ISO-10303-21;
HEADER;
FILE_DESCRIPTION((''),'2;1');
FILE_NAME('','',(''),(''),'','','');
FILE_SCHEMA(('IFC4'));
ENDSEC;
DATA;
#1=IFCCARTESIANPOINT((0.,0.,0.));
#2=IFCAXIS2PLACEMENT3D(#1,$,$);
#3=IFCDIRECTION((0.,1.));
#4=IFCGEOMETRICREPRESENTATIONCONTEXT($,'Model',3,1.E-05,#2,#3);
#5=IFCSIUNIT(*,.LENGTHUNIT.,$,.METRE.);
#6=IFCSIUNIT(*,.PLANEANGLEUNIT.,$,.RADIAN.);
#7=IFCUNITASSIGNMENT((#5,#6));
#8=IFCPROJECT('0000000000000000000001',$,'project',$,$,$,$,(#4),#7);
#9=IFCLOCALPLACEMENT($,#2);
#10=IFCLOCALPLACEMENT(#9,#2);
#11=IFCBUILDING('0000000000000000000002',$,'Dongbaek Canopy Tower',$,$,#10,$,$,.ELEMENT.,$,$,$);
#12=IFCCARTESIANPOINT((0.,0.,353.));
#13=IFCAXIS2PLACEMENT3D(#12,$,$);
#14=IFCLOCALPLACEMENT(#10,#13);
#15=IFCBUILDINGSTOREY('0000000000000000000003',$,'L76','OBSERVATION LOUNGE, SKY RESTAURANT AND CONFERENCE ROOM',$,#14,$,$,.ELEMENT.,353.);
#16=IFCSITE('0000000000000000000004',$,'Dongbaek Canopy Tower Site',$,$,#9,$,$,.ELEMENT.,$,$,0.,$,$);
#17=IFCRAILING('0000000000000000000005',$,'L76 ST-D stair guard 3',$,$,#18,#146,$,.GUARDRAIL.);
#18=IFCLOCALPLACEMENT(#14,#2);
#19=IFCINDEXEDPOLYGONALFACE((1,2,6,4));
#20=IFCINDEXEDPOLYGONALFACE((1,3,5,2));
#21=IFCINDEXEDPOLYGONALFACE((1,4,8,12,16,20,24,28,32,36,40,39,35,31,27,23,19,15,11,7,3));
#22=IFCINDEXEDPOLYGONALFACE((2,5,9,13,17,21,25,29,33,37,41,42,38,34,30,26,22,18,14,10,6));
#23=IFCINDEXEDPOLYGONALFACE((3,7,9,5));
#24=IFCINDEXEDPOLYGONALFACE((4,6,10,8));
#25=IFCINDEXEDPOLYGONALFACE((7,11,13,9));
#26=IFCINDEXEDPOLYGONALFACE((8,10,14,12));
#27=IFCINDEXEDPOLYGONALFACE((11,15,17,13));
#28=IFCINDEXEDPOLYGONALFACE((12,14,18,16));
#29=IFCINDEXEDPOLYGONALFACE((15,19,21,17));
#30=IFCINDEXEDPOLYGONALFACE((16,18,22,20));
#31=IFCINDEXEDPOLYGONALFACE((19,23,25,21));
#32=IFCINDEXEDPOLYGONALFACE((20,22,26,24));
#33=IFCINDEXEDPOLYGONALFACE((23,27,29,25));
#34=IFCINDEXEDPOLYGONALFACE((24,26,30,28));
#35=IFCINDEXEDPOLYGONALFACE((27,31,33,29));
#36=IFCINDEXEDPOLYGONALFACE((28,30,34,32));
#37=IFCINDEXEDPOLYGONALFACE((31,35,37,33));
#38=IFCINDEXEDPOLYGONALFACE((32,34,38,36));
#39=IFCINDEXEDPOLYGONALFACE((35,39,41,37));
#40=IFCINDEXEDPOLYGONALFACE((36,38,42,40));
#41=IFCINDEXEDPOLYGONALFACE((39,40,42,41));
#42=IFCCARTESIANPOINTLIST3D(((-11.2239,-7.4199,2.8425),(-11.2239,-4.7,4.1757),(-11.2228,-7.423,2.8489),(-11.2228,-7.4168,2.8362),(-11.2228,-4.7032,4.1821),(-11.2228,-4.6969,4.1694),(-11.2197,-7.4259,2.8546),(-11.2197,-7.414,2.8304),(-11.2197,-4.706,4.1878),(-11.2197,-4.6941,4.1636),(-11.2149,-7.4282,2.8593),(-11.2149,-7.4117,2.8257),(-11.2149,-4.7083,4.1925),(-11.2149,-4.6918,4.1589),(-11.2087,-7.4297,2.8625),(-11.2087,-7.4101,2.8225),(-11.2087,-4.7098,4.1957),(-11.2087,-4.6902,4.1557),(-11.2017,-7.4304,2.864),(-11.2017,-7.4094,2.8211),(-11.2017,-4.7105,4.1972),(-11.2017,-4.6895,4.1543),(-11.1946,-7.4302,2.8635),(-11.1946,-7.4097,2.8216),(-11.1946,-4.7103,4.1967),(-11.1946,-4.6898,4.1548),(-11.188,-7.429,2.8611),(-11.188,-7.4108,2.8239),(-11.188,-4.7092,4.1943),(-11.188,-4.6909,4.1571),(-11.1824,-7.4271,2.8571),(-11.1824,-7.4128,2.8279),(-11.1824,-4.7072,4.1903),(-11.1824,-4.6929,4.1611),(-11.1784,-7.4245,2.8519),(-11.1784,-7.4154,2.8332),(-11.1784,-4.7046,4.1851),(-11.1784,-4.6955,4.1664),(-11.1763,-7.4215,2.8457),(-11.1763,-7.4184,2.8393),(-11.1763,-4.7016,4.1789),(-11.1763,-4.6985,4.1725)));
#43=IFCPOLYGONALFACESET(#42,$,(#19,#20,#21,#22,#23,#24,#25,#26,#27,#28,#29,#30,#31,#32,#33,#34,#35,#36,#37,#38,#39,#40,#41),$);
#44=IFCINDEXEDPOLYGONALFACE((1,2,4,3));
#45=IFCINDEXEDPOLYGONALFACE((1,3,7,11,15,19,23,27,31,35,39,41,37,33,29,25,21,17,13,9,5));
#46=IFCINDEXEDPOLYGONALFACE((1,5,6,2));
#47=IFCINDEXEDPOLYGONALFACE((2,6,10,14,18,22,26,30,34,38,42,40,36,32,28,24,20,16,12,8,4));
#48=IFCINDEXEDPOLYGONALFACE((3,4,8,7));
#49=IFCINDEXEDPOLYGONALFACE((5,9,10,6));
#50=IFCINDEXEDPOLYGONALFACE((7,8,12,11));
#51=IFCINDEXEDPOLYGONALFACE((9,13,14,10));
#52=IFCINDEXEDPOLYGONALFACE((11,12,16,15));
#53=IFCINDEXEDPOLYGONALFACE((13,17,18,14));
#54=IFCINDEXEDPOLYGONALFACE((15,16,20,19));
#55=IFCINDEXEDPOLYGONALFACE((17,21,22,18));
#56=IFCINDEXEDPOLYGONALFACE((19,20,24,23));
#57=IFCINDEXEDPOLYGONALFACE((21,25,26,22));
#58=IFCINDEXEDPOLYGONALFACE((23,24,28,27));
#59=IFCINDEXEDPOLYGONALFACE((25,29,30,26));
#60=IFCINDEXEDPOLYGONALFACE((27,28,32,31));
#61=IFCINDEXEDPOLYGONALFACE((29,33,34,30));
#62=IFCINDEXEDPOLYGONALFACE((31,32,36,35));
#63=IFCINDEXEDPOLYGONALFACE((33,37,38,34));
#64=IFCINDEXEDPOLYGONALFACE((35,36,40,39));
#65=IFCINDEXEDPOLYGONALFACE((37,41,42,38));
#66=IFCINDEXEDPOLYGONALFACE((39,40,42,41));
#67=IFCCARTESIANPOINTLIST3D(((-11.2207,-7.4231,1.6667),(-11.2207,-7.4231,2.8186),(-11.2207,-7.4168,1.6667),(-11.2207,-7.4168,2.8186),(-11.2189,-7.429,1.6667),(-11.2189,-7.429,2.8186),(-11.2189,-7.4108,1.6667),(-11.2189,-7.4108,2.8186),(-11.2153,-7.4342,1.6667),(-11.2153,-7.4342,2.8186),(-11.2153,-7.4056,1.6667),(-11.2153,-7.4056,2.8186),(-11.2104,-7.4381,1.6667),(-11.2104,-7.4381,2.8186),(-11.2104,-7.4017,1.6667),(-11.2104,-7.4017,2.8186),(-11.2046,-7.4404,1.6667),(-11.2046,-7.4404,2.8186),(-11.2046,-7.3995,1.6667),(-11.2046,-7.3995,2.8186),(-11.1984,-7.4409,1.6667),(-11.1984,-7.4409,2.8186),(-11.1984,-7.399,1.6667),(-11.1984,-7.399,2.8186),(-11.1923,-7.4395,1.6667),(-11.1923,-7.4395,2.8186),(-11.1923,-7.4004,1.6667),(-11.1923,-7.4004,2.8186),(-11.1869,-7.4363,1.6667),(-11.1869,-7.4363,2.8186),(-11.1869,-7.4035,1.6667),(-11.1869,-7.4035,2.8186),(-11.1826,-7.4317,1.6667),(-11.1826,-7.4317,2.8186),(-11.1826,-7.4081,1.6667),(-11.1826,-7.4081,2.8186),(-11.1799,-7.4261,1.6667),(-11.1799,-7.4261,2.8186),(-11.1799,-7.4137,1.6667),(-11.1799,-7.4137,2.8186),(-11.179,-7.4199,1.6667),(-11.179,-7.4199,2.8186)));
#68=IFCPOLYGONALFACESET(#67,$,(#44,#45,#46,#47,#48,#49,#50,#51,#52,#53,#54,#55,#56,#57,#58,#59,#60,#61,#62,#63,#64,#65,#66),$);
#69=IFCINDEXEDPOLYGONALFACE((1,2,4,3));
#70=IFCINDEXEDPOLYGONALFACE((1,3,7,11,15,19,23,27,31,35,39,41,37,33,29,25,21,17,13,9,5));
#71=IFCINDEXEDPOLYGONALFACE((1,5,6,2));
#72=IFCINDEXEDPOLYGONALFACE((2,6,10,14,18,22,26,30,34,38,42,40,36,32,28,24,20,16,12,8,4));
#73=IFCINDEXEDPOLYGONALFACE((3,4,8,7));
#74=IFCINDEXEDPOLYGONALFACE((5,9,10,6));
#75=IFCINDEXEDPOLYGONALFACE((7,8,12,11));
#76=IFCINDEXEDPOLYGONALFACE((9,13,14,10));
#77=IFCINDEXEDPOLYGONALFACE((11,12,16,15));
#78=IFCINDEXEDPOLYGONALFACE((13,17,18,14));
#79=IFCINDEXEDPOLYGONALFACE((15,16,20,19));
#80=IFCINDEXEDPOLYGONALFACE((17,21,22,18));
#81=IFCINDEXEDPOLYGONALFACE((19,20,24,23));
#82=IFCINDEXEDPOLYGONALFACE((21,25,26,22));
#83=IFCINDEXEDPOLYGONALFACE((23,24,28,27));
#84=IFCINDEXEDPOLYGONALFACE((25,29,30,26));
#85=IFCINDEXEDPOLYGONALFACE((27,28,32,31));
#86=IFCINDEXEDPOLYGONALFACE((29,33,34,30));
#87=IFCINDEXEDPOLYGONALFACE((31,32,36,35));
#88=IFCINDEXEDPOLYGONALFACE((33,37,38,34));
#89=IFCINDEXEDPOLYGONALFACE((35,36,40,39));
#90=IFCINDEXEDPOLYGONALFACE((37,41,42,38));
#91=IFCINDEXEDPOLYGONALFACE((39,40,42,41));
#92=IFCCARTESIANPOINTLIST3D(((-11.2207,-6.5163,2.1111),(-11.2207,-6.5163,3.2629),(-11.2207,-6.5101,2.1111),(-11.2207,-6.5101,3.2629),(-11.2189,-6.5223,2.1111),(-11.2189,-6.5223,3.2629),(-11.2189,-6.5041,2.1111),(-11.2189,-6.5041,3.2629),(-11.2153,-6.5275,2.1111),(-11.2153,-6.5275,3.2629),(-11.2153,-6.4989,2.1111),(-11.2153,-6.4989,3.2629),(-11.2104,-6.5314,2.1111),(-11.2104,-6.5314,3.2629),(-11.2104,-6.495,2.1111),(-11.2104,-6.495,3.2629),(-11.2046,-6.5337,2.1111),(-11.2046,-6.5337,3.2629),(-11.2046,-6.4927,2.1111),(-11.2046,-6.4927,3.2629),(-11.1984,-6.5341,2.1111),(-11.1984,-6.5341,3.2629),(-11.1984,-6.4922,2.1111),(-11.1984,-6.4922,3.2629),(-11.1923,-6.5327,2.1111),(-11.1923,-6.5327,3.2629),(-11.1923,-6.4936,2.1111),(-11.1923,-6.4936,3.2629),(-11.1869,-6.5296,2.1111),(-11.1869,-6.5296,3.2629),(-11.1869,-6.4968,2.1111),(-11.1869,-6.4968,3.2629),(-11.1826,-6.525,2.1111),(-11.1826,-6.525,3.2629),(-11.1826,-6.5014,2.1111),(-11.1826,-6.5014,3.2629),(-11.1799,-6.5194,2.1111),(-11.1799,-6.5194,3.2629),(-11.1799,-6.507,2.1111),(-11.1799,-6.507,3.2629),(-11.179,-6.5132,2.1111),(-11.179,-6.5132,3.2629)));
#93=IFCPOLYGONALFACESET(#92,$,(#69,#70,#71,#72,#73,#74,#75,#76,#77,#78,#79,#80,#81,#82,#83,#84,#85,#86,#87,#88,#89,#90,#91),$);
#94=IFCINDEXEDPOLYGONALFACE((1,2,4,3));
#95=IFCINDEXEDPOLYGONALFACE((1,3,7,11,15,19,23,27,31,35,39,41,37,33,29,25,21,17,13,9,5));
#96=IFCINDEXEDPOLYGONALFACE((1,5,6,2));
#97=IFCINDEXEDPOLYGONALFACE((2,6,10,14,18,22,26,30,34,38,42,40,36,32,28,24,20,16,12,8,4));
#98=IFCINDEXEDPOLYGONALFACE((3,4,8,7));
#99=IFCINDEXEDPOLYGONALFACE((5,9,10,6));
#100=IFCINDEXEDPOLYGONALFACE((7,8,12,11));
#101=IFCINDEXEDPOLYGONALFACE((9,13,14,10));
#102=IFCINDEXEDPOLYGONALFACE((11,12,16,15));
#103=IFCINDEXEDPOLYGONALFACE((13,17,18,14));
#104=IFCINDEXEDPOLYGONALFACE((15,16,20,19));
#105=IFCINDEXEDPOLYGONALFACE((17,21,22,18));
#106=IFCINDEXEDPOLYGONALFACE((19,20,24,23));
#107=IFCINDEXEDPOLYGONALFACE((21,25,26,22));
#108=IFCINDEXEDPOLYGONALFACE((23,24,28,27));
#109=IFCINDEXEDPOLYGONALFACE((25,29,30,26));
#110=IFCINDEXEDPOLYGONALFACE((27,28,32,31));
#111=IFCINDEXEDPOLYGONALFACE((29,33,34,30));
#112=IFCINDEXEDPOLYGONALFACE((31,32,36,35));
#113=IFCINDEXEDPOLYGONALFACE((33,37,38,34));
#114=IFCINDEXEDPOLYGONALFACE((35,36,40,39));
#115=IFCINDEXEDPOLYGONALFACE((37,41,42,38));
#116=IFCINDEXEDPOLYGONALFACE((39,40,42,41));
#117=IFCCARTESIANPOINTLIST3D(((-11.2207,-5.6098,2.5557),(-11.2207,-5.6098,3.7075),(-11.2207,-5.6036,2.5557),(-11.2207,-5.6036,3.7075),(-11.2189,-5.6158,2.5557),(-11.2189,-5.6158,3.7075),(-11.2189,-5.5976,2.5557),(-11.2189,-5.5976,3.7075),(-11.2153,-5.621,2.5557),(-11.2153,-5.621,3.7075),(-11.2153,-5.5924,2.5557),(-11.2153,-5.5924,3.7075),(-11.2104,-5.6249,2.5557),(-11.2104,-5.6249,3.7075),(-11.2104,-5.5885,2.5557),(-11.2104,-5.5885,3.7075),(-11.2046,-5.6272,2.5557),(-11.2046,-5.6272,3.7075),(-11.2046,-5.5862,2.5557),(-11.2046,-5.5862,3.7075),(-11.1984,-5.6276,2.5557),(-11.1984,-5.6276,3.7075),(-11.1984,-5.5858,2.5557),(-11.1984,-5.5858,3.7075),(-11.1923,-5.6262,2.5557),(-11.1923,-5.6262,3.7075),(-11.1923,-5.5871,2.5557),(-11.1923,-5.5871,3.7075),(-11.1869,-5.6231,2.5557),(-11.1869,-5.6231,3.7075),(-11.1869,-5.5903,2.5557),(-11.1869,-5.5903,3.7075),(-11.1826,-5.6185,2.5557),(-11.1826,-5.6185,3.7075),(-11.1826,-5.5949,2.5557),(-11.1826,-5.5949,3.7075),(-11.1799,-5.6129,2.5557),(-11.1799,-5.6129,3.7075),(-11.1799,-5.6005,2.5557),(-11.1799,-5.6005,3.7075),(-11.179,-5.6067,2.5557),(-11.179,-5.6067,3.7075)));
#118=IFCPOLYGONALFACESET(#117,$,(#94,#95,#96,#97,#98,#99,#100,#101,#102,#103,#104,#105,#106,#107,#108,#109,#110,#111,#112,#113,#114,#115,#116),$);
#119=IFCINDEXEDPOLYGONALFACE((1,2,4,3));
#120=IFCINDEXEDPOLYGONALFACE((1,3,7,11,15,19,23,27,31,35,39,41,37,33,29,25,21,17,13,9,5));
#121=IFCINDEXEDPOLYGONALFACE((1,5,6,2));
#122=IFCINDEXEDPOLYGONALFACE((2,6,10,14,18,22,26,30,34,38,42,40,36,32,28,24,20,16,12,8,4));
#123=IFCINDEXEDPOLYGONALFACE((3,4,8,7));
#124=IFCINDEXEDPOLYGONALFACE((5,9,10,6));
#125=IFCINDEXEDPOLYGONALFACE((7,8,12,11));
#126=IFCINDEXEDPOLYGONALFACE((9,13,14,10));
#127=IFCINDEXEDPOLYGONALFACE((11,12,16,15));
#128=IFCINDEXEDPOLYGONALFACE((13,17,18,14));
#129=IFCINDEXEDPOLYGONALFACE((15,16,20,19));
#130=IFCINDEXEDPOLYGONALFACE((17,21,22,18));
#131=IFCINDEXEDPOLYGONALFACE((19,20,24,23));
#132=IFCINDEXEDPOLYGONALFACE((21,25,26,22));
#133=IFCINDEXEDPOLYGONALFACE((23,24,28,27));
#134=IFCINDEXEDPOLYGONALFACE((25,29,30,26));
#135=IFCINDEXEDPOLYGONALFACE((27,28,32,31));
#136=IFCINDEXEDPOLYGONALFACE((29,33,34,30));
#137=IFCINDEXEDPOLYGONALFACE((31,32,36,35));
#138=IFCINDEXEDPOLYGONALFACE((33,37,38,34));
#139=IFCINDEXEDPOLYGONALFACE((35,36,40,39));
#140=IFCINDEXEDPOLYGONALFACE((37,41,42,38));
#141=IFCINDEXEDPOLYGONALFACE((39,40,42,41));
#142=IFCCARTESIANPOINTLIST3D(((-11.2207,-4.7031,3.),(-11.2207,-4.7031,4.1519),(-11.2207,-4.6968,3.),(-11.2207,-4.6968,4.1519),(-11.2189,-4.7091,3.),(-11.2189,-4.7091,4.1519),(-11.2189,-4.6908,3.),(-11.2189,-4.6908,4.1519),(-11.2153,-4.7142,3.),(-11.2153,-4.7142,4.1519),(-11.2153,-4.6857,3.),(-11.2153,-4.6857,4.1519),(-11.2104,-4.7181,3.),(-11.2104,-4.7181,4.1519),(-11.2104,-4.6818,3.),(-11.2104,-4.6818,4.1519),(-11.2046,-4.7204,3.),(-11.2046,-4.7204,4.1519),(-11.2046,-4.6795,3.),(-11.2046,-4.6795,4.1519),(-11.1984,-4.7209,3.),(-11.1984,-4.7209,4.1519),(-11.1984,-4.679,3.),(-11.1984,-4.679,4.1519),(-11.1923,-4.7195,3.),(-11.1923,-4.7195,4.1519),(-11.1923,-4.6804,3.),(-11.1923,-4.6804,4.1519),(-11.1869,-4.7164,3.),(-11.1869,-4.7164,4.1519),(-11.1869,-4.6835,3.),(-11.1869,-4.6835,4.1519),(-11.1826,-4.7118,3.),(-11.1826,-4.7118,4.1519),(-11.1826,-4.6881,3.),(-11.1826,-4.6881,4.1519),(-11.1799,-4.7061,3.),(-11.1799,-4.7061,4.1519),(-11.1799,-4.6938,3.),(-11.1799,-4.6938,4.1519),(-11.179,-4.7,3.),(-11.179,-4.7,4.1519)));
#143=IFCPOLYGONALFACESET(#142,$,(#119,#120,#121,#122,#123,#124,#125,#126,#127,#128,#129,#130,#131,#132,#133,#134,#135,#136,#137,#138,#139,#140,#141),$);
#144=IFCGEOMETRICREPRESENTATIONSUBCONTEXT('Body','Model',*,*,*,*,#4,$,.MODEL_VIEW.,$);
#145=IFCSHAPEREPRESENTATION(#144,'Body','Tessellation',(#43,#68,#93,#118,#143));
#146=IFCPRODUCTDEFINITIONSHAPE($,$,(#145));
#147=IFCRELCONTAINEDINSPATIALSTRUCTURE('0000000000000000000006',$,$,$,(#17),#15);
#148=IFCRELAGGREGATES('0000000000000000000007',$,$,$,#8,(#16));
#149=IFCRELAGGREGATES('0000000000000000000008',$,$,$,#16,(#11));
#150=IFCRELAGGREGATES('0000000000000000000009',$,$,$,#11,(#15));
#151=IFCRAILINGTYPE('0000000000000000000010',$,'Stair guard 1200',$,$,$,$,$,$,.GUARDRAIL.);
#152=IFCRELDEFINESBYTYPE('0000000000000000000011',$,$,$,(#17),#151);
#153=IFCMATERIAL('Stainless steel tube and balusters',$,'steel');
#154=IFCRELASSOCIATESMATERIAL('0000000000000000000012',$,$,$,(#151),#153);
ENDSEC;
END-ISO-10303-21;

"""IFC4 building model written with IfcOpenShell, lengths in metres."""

from ifc_helpers import new_model, si_unit, direction, frame, origin, origin_2d, place, context, subcontext, project, spatial, circle, extrude, material, type_object, element, save


model = new_model("IFC4")

# Units and contexts
model_context = context("Model", 3, precision=1e-05, world=origin(), true_north=direction((0.0, 1.0)))
body_context = subcontext(model_context, "Body", "Model", "MODEL_VIEW")
ifc_project = project(units=[si_unit("LENGTHUNIT", "METRE"), si_unit("PLANEANGLEUNIT", "RADIAN")], contexts=[model_context])

# Site, building, storey
site_placement = place(None, origin())
site = spatial("IfcSite", under=ifc_project, at=site_placement, Name="Dongbaek Canopy Tower Site", CompositionType="ELEMENT", RefElevation=0.0)
building_placement = place(site_placement, origin())
building = spatial("IfcBuilding", under=site, at=building_placement, Name="Dongbaek Canopy Tower", CompositionType="ELEMENT")
storey_placement = place(building_placement, frame((0.0, 0.0, 353.0)))
storey = spatial("IfcBuildingStorey", under=building, at=storey_placement, Name="L76", Description="OBSERVATION LOUNGE, SKY RESTAURANT AND CONFERENCE ROOM", CompositionType="ELEMENT", Elevation=353.0)

# Railing
ifc_material_1 = material(Name="Stainless steel tube and balusters", Category="steel")
railing_type_1 = type_object("IfcRailingType", Name="Stair guard 1200", PredefinedType="GUARDRAIL", material=ifc_material_1)
railing_1_placement = place(storey_placement, frame((-11.2, -7.4199, 1.6667)))
element("IfcRailing", 1, at=railing_1_placement, inside=storey, type_object=railing_type_1, Name="L76 ST-D stair guard 3", PredefinedType="GUARDRAIL", context=body_context, shape_type="SweptSolid", body=[
    extrude(circle(Radius=0.0239, at=origin_2d()), frame((0.0, 0.0, 1.1758), z_axis=(0.0, 0.897929, 0.440139), x_axis=(-1.0, 0.0, 0.0)), (0.0, 0.0, 1.0), 3.0291),
    extrude(circle(Radius=0.021, at=origin_2d()), origin(), (0.0, 0.0, 1.0), 1.1519),
    extrude(circle(Radius=0.021, at=origin_2d()), frame((0.0, 0.9067, 0.4443)), (0.0, 0.0, 1.0), 1.1519),
    extrude(circle(Radius=0.021, at=origin_2d()), frame((0.0, 1.8132, 0.8889)), (0.0, 0.0, 1.0), 1.1519),
    extrude(circle(Radius=0.021, at=origin_2d()), frame((0.0, 2.72, 1.3333)), (0.0, 0.0, 1.0), 1.1519),
])

save(model, "model.ifc")
